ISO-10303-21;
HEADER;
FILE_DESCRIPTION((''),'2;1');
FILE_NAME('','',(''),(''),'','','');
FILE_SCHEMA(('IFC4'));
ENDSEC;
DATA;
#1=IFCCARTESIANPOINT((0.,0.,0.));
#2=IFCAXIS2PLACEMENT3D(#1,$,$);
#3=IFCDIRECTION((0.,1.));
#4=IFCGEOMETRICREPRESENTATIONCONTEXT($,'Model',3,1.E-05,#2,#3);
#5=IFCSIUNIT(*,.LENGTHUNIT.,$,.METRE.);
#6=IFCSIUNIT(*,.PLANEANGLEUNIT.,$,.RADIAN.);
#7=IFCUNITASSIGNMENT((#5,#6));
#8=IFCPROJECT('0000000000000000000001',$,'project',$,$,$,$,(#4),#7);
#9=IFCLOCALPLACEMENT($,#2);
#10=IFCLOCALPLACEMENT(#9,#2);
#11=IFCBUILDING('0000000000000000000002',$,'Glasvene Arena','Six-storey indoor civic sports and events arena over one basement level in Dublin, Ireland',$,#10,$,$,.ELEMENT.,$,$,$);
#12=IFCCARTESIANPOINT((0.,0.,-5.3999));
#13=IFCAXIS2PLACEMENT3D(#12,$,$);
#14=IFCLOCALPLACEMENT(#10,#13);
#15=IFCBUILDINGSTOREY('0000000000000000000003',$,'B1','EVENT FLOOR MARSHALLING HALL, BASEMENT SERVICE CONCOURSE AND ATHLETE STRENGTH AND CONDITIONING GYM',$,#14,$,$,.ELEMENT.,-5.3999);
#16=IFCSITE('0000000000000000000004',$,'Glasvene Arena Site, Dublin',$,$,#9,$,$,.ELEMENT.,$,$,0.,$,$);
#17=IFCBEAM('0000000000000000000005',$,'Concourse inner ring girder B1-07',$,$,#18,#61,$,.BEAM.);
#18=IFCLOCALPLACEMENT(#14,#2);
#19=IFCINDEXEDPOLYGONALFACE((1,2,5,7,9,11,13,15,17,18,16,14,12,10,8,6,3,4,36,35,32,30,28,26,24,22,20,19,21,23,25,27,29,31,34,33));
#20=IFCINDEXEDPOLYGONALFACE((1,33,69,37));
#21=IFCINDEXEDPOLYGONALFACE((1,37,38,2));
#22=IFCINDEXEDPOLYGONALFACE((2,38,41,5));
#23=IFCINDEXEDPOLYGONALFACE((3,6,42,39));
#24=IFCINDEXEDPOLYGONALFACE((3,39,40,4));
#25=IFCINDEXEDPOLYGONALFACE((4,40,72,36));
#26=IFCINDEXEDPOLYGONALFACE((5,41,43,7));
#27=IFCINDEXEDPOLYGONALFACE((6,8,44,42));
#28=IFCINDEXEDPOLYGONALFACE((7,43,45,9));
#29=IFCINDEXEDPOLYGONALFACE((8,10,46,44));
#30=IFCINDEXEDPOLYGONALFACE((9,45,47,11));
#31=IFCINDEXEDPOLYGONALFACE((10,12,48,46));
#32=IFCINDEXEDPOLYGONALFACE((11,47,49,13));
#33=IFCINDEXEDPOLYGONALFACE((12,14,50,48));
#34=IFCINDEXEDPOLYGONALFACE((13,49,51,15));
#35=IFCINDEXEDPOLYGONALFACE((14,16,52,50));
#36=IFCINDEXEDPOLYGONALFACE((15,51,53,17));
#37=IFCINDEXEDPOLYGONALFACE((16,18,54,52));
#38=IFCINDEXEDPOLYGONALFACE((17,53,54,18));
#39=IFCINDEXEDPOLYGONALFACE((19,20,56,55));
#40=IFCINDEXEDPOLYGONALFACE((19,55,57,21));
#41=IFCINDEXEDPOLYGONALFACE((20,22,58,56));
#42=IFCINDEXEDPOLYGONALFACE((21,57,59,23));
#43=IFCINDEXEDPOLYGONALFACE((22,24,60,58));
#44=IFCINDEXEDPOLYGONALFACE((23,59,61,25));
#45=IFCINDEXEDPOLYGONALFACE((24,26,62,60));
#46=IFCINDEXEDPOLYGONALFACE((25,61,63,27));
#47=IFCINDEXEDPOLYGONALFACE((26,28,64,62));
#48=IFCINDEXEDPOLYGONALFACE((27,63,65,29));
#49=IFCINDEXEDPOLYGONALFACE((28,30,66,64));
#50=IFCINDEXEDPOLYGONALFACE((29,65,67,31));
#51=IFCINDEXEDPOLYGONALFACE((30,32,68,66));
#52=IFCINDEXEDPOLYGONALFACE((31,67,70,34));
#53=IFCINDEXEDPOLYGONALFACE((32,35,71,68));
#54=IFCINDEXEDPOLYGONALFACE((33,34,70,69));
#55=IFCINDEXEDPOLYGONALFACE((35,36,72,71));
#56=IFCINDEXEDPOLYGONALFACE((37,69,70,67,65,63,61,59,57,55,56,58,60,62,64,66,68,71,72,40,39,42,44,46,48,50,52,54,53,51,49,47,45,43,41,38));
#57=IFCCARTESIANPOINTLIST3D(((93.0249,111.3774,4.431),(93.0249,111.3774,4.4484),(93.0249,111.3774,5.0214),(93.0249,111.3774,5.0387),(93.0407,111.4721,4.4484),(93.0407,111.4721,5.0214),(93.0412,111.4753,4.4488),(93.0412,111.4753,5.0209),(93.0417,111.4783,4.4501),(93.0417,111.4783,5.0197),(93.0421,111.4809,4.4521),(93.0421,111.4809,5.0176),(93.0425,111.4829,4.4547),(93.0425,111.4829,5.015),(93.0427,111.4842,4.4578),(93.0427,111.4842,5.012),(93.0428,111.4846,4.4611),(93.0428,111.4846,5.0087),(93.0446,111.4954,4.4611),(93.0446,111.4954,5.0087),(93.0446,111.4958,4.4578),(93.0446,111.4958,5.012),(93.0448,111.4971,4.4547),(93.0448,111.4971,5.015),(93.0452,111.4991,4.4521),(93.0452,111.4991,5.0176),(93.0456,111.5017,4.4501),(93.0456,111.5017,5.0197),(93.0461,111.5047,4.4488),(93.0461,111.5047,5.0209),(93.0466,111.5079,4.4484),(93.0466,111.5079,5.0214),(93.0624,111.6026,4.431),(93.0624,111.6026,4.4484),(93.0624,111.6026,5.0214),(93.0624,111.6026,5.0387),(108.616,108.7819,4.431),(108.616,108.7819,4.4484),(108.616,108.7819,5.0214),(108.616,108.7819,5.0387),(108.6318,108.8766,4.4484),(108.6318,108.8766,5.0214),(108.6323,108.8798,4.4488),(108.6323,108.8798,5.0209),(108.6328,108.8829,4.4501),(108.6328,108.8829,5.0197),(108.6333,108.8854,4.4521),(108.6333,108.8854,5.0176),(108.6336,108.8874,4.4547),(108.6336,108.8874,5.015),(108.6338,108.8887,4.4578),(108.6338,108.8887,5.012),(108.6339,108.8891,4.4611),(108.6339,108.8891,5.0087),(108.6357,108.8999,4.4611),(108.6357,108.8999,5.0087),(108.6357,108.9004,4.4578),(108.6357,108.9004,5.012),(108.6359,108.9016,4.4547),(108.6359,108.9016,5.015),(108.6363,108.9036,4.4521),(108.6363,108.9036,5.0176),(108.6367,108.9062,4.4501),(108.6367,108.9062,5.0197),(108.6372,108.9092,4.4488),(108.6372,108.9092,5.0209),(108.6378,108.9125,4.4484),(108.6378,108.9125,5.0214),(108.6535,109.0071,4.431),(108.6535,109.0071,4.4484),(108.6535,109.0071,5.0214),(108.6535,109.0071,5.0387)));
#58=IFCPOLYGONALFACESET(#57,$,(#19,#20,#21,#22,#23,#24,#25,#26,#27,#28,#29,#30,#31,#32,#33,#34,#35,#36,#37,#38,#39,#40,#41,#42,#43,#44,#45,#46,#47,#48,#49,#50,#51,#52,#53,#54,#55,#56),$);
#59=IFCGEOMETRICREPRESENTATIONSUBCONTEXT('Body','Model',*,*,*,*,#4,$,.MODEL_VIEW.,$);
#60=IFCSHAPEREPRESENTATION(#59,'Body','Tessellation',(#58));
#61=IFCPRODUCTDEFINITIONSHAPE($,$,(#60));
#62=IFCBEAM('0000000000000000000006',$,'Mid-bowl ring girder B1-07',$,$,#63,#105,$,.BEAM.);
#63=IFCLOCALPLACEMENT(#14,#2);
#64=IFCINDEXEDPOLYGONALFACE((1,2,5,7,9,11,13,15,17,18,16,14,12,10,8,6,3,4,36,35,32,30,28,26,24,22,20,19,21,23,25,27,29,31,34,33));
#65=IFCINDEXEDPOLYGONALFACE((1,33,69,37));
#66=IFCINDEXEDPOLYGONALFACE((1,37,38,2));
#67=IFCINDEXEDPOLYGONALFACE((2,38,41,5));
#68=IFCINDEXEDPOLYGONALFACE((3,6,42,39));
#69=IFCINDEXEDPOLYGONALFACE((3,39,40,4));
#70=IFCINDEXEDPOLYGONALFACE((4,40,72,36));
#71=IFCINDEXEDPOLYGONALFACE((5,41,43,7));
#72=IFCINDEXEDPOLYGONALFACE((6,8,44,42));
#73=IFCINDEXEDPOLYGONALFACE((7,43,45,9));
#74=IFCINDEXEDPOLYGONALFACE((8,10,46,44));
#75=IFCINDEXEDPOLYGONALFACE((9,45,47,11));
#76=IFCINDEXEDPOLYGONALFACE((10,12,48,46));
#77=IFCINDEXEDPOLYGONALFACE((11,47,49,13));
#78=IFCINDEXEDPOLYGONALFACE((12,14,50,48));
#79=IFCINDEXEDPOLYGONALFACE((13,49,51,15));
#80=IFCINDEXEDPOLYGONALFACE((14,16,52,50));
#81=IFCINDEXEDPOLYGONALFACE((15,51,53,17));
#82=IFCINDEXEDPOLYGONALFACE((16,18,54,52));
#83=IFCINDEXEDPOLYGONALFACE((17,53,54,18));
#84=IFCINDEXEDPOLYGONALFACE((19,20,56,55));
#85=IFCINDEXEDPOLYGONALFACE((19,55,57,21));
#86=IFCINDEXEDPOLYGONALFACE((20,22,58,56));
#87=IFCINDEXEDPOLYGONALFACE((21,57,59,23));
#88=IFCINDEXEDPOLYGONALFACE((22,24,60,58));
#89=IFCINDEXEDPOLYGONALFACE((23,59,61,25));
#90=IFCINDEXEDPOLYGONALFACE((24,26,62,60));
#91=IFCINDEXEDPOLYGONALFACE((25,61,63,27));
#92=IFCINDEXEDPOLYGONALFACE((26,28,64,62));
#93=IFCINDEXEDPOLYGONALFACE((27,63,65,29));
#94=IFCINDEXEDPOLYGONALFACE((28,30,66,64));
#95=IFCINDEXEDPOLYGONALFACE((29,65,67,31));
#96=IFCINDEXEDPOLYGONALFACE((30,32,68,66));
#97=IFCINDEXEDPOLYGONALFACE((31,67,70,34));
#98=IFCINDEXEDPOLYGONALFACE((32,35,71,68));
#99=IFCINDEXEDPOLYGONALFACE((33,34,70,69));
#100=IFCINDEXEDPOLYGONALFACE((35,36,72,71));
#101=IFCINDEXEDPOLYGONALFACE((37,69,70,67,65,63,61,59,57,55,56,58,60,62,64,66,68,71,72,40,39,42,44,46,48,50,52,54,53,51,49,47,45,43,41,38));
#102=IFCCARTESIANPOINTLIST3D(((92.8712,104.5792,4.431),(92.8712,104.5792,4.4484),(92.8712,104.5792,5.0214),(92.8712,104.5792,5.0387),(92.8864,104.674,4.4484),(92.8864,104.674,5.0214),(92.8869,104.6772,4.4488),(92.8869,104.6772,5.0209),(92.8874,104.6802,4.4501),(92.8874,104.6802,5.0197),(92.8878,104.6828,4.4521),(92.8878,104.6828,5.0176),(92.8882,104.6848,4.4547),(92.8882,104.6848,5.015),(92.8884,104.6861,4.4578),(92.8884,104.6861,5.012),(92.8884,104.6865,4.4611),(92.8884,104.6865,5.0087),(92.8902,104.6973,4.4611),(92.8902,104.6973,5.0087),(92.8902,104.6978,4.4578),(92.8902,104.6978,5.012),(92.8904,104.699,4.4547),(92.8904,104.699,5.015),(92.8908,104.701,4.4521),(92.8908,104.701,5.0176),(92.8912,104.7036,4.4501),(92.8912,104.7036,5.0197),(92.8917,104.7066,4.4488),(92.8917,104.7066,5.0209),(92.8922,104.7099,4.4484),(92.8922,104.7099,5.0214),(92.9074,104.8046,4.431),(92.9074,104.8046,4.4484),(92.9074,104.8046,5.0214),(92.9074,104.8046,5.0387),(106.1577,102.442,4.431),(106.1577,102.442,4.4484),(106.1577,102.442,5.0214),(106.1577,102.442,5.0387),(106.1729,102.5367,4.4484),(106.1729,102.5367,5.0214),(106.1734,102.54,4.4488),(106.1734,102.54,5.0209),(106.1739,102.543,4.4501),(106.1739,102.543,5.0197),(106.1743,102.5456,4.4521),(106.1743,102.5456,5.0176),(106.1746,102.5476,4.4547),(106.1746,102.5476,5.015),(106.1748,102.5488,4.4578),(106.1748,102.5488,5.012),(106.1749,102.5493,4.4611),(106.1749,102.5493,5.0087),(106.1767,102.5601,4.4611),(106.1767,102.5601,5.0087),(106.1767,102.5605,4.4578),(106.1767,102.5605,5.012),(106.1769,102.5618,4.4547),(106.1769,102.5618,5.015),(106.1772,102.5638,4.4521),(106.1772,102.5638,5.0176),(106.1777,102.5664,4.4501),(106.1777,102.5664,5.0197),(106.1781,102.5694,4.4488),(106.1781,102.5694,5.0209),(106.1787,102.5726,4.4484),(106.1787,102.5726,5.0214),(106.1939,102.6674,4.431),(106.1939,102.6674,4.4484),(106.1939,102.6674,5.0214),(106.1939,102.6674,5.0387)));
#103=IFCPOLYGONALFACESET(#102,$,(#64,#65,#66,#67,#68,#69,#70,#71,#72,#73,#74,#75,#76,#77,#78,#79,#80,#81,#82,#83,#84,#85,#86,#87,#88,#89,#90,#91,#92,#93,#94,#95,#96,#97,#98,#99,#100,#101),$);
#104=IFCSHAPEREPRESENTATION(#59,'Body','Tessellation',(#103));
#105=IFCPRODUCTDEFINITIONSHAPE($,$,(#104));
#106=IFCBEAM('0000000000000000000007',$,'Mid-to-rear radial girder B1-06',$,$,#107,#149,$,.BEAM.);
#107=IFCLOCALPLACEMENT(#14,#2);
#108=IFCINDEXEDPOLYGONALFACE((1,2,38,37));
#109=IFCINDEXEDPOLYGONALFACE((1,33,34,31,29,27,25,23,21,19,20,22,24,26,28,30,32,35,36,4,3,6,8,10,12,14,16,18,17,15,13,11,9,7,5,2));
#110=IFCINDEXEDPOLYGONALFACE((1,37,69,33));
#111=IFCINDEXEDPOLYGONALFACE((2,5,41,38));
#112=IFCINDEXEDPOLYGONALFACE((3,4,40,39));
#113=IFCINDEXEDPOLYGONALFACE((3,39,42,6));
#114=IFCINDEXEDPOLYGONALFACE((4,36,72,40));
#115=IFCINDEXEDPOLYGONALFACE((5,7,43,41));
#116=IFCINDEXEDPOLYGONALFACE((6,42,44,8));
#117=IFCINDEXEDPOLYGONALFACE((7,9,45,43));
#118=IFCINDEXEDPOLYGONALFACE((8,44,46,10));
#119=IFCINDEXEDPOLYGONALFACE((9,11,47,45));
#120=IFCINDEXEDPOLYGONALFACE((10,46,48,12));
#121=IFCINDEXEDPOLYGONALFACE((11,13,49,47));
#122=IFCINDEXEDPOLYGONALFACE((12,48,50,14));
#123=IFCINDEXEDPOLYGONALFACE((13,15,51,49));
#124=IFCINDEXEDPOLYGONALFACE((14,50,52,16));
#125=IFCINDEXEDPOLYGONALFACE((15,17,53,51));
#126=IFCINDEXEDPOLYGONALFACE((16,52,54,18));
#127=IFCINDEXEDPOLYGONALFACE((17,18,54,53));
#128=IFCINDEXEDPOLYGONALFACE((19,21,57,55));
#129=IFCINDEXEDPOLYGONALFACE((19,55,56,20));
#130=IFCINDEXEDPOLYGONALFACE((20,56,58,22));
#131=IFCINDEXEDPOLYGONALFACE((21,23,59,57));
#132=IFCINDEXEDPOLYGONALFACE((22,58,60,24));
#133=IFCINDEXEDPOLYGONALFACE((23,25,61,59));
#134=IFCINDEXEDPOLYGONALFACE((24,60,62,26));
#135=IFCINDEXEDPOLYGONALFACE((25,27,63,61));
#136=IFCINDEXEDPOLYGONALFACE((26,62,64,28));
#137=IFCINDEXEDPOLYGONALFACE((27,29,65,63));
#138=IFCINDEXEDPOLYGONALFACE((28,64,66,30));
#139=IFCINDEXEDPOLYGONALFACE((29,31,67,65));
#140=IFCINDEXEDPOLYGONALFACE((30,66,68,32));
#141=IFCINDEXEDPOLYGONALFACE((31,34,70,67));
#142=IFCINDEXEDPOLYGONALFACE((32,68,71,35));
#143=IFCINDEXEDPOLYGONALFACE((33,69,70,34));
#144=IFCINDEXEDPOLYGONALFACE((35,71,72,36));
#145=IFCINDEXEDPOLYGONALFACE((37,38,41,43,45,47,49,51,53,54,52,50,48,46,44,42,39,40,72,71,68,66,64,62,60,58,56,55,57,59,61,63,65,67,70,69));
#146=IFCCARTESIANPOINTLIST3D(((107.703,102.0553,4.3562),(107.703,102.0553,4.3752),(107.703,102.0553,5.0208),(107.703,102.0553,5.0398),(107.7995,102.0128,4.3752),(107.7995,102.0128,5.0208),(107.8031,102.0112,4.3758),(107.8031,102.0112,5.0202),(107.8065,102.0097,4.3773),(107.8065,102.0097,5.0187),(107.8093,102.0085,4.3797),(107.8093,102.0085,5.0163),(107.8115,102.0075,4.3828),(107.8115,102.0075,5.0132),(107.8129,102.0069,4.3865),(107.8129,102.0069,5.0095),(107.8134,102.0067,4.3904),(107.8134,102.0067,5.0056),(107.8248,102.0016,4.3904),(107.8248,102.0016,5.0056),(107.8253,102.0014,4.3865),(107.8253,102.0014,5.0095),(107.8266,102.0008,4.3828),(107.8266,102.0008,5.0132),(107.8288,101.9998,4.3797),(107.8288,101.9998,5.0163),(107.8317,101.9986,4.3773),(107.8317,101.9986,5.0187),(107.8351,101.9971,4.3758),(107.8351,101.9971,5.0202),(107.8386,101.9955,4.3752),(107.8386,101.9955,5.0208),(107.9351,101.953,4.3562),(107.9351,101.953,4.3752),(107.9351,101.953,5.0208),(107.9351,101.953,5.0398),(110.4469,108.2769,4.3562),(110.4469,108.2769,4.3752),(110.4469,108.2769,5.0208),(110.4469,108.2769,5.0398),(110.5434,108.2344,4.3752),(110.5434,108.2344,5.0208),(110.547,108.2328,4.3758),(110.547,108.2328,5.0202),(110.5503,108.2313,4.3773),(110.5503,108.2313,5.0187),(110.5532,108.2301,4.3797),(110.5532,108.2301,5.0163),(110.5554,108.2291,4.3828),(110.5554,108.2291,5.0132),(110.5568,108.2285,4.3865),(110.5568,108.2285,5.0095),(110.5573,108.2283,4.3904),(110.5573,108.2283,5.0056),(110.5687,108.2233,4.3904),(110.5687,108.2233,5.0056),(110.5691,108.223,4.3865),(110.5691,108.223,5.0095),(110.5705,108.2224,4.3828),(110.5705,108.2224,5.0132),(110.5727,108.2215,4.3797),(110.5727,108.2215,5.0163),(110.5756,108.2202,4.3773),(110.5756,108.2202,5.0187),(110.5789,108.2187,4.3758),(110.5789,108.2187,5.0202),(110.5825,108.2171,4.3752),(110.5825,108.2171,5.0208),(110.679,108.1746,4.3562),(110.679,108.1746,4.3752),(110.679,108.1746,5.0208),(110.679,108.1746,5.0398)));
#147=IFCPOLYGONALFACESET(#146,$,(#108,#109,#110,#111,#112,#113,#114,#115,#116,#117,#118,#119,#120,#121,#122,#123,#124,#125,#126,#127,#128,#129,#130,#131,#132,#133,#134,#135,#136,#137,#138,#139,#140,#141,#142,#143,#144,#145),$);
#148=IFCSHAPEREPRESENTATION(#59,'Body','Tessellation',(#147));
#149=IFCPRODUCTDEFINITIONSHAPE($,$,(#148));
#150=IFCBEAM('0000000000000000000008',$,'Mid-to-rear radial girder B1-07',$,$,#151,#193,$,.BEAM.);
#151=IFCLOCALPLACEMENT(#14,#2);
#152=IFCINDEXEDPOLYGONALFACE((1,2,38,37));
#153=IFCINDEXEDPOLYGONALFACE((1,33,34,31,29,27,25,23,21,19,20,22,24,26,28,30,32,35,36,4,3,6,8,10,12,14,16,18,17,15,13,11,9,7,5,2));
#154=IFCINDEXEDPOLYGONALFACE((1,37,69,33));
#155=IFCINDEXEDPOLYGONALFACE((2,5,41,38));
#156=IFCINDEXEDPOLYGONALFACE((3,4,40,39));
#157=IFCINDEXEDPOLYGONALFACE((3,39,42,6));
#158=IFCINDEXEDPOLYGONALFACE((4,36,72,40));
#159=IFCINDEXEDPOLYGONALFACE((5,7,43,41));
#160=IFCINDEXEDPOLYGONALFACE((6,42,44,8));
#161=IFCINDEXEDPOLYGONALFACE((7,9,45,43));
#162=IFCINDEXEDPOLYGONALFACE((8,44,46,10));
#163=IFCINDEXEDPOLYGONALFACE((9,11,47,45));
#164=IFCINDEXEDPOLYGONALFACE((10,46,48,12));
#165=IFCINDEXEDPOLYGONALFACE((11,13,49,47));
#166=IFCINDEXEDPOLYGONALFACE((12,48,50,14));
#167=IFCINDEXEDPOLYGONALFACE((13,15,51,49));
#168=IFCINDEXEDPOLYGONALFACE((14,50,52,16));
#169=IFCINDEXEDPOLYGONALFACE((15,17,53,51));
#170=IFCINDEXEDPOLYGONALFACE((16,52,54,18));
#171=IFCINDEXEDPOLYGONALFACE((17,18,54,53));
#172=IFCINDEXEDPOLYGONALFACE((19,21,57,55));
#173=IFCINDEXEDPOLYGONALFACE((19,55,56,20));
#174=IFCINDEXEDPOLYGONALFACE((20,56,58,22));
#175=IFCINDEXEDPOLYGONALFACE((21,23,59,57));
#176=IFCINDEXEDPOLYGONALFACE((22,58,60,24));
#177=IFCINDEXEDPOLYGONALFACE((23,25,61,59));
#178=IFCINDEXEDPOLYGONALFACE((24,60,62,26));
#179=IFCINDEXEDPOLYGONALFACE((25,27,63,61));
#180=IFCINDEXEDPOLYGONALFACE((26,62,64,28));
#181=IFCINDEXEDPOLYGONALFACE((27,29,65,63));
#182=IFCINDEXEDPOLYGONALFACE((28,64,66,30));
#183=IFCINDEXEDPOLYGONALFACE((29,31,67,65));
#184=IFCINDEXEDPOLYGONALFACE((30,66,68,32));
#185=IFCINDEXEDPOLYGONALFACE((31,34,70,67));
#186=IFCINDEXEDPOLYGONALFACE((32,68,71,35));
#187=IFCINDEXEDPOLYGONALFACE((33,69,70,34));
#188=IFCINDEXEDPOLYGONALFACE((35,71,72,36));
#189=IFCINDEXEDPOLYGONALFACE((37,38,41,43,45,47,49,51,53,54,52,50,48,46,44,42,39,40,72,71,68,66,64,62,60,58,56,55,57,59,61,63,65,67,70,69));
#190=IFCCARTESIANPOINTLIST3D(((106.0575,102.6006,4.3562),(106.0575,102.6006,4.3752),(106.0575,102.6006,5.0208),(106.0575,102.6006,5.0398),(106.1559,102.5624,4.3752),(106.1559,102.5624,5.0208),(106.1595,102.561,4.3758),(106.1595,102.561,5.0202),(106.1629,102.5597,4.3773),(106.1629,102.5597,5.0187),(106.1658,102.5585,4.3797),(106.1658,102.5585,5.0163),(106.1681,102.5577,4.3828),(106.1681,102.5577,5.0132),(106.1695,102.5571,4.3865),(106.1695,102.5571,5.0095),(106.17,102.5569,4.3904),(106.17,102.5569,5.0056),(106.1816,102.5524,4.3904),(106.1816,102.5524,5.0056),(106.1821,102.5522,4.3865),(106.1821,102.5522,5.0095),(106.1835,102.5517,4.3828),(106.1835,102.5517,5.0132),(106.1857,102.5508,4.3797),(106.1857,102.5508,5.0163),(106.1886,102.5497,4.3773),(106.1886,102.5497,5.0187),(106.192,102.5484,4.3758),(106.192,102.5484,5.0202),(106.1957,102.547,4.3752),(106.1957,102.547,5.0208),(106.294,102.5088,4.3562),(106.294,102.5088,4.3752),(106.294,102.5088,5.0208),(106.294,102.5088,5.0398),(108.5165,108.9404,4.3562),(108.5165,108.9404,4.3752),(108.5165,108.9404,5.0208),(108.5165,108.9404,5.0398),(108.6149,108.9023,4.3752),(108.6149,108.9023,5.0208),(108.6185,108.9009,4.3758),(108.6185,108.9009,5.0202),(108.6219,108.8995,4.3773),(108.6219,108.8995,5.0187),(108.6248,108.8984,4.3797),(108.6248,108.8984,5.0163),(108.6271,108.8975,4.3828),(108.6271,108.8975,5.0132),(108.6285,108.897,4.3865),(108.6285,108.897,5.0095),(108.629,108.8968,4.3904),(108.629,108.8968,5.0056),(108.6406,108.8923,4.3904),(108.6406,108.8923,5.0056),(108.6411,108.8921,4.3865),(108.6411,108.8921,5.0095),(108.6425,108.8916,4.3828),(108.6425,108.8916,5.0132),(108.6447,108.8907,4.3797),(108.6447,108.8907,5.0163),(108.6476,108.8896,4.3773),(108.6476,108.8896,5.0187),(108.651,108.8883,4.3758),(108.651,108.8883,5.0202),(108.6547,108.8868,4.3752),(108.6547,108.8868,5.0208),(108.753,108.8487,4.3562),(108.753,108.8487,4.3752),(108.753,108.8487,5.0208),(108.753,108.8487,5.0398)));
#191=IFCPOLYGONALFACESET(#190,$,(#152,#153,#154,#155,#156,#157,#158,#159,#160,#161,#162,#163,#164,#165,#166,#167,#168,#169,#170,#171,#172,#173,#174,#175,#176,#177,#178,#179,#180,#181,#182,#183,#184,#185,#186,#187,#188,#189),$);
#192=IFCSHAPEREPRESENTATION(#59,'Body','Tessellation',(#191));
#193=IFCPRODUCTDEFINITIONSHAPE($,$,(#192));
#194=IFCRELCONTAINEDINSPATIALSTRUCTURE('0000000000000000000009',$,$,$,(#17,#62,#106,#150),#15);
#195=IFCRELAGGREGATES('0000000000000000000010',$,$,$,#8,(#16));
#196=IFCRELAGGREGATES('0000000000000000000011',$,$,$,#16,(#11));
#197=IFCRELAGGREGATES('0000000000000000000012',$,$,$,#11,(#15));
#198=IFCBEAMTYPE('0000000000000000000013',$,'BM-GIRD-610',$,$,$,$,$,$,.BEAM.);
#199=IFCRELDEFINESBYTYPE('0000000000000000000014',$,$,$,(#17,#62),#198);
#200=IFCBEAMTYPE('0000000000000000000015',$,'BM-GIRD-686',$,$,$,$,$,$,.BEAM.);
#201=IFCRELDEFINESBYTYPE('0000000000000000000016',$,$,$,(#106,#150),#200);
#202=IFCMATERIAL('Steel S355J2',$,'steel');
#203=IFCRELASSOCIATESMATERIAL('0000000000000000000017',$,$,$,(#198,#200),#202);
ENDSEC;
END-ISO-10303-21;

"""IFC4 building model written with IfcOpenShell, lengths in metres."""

from ifc_helpers import new_model, si_unit, direction, frame, origin, origin_2d, place, context, subcontext, project, spatial, i_section, extrude, material, material_profile, profile_set, type_object, element, save


model = new_model("IFC4")

# Units and contexts
model_context = context("Model", 3, precision=1e-05, world=origin(), true_north=direction((0.0, 1.0)))
body_context = subcontext(model_context, "Body", "Model", "MODEL_VIEW")
ifc_project = project(units=[si_unit("LENGTHUNIT", "METRE"), si_unit("PLANEANGLEUNIT", "RADIAN")], contexts=[model_context])

# Site, building, storey
site_placement = place(None, origin())
site = spatial("IfcSite", under=ifc_project, at=site_placement, Name="Glasvene Arena Site, Dublin", CompositionType="ELEMENT", RefElevation=0.0)
building_placement = place(site_placement, origin())
building = spatial("IfcBuilding", under=site, at=building_placement, Name="Glasvene Arena", Description="Six-storey indoor civic sports and events arena over one basement level in Dublin, Ireland", CompositionType="ELEMENT")
storey_placement = place(building_placement, frame((0.0, 0.0, -5.3999)))
storey = spatial("IfcBuildingStorey", under=building, at=storey_placement, Name="B1", Description="EVENT FLOOR MARSHALLING HALL, BASEMENT SERVICE CONCOURSE AND ATHLETE STRENGTH AND CONDITIONING GYM", CompositionType="ELEMENT", Elevation=-5.3999)

# Shared definitions
ifc_material_1 = material(Name="Steel S355J2", Category="steel")

# Beams
ifc_material_profile_1 = material_profile(ifc_material_1, i_section(OverallWidth=0.2283, OverallDepth=0.6077, WebThickness=0.011, FlangeThickness=0.0173, FilletRadius=0.0127, at=origin_2d()), Name="UKB 610x229x113")
ifc_profile_set_1 = profile_set([ifc_material_profile_1], Name="Steel S355J2")
beam_type_1 = type_object("IfcBeamType", Name="BM-GIRD-610", PredefinedType="BEAM", material=ifc_profile_set_1)
beam_1_placement = place(storey_placement, frame((108.6348, 108.8945, 4.7349), z_axis=(-0.986425, 0.164211, 0.0), x_axis=(-0.164211, -0.986425, 0.0)))
element("IfcBeam", 1, at=beam_1_placement, inside=storey, type_object=beam_type_1, Name="Concourse inner ring girder B1-07", PredefinedType="BEAM", context=body_context, shape_type="SweptSolid", body=[
    extrude(i_section(OverallWidth=0.2283, OverallDepth=0.6077, WebThickness=0.011, FlangeThickness=0.0173, FilletRadius=0.0127, at=origin_2d()), origin(), (0.0, 0.0, 1.0), 15.8057),
])
beam_2_placement = place(storey_placement, frame((106.1758, 102.5547, 4.7349), z_axis=(-0.987308, 0.158815, 0.0), x_axis=(-0.158815, -0.987308, 0.0)))
element("IfcBeam", 2, at=beam_2_placement, inside=storey, type_object=beam_type_1, Name="Mid-bowl ring girder B1-07", PredefinedType="BEAM", context=body_context, shape_type="SweptSolid", body=[
    extrude(i_section(OverallWidth=0.2283, OverallDepth=0.6077, WebThickness=0.011, FlangeThickness=0.0173, FilletRadius=0.0127, at=origin_2d()), origin(), (0.0, 0.0, 1.0), 13.4573),
])
ifc_material_profile_2 = material_profile(ifc_material_1, i_section(OverallWidth=0.2537, OverallDepth=0.6836, WebThickness=0.0125, FlangeThickness=0.019, FilletRadius=0.0151, at=origin_2d()), Name="UKB 686x254x140")
ifc_profile_set_2 = profile_set([ifc_material_profile_2], Name="Steel S355J2")
beam_type_2 = type_object("IfcBeamType", Name="BM-GIRD-686", PredefinedType="BEAM", material=ifc_profile_set_2)
beam_3_placement = place(storey_placement, frame((107.8191, 102.0042, 4.698), z_axis=(0.403522, 0.91497, 0.0), x_axis=(-0.91497, 0.403522, 0.0)))
element("IfcBeam", 3, at=beam_3_placement, inside=storey, type_object=beam_type_2, Name="Mid-to-rear radial girder B1-06", PredefinedType="BEAM", context=body_context, shape_type="SweptSolid", body=[
    extrude(i_section(OverallWidth=0.2537, OverallDepth=0.6836, WebThickness=0.0125, FlangeThickness=0.019, FilletRadius=0.0151, at=origin_2d()), origin(), (0.0, 0.0, 1.0), 6.7998),
])
beam_4_placement = place(storey_placement, frame((106.1758, 102.5547, 4.698), z_axis=(0.361614, 0.932328, 0.0), x_axis=(-0.932328, 0.361614, 0.0)))
element("IfcBeam", 4, at=beam_4_placement, inside=storey, type_object=beam_type_2, Name="Mid-to-rear radial girder B1-07", PredefinedType="BEAM", context=body_context, shape_type="SweptSolid", body=[
    extrude(i_section(OverallWidth=0.2537, OverallDepth=0.6836, WebThickness=0.0125, FlangeThickness=0.019, FilletRadius=0.0151, at=origin_2d()), origin(), (0.0, 0.0, 1.0), 6.8),
])

save(model, "model.ifc")
